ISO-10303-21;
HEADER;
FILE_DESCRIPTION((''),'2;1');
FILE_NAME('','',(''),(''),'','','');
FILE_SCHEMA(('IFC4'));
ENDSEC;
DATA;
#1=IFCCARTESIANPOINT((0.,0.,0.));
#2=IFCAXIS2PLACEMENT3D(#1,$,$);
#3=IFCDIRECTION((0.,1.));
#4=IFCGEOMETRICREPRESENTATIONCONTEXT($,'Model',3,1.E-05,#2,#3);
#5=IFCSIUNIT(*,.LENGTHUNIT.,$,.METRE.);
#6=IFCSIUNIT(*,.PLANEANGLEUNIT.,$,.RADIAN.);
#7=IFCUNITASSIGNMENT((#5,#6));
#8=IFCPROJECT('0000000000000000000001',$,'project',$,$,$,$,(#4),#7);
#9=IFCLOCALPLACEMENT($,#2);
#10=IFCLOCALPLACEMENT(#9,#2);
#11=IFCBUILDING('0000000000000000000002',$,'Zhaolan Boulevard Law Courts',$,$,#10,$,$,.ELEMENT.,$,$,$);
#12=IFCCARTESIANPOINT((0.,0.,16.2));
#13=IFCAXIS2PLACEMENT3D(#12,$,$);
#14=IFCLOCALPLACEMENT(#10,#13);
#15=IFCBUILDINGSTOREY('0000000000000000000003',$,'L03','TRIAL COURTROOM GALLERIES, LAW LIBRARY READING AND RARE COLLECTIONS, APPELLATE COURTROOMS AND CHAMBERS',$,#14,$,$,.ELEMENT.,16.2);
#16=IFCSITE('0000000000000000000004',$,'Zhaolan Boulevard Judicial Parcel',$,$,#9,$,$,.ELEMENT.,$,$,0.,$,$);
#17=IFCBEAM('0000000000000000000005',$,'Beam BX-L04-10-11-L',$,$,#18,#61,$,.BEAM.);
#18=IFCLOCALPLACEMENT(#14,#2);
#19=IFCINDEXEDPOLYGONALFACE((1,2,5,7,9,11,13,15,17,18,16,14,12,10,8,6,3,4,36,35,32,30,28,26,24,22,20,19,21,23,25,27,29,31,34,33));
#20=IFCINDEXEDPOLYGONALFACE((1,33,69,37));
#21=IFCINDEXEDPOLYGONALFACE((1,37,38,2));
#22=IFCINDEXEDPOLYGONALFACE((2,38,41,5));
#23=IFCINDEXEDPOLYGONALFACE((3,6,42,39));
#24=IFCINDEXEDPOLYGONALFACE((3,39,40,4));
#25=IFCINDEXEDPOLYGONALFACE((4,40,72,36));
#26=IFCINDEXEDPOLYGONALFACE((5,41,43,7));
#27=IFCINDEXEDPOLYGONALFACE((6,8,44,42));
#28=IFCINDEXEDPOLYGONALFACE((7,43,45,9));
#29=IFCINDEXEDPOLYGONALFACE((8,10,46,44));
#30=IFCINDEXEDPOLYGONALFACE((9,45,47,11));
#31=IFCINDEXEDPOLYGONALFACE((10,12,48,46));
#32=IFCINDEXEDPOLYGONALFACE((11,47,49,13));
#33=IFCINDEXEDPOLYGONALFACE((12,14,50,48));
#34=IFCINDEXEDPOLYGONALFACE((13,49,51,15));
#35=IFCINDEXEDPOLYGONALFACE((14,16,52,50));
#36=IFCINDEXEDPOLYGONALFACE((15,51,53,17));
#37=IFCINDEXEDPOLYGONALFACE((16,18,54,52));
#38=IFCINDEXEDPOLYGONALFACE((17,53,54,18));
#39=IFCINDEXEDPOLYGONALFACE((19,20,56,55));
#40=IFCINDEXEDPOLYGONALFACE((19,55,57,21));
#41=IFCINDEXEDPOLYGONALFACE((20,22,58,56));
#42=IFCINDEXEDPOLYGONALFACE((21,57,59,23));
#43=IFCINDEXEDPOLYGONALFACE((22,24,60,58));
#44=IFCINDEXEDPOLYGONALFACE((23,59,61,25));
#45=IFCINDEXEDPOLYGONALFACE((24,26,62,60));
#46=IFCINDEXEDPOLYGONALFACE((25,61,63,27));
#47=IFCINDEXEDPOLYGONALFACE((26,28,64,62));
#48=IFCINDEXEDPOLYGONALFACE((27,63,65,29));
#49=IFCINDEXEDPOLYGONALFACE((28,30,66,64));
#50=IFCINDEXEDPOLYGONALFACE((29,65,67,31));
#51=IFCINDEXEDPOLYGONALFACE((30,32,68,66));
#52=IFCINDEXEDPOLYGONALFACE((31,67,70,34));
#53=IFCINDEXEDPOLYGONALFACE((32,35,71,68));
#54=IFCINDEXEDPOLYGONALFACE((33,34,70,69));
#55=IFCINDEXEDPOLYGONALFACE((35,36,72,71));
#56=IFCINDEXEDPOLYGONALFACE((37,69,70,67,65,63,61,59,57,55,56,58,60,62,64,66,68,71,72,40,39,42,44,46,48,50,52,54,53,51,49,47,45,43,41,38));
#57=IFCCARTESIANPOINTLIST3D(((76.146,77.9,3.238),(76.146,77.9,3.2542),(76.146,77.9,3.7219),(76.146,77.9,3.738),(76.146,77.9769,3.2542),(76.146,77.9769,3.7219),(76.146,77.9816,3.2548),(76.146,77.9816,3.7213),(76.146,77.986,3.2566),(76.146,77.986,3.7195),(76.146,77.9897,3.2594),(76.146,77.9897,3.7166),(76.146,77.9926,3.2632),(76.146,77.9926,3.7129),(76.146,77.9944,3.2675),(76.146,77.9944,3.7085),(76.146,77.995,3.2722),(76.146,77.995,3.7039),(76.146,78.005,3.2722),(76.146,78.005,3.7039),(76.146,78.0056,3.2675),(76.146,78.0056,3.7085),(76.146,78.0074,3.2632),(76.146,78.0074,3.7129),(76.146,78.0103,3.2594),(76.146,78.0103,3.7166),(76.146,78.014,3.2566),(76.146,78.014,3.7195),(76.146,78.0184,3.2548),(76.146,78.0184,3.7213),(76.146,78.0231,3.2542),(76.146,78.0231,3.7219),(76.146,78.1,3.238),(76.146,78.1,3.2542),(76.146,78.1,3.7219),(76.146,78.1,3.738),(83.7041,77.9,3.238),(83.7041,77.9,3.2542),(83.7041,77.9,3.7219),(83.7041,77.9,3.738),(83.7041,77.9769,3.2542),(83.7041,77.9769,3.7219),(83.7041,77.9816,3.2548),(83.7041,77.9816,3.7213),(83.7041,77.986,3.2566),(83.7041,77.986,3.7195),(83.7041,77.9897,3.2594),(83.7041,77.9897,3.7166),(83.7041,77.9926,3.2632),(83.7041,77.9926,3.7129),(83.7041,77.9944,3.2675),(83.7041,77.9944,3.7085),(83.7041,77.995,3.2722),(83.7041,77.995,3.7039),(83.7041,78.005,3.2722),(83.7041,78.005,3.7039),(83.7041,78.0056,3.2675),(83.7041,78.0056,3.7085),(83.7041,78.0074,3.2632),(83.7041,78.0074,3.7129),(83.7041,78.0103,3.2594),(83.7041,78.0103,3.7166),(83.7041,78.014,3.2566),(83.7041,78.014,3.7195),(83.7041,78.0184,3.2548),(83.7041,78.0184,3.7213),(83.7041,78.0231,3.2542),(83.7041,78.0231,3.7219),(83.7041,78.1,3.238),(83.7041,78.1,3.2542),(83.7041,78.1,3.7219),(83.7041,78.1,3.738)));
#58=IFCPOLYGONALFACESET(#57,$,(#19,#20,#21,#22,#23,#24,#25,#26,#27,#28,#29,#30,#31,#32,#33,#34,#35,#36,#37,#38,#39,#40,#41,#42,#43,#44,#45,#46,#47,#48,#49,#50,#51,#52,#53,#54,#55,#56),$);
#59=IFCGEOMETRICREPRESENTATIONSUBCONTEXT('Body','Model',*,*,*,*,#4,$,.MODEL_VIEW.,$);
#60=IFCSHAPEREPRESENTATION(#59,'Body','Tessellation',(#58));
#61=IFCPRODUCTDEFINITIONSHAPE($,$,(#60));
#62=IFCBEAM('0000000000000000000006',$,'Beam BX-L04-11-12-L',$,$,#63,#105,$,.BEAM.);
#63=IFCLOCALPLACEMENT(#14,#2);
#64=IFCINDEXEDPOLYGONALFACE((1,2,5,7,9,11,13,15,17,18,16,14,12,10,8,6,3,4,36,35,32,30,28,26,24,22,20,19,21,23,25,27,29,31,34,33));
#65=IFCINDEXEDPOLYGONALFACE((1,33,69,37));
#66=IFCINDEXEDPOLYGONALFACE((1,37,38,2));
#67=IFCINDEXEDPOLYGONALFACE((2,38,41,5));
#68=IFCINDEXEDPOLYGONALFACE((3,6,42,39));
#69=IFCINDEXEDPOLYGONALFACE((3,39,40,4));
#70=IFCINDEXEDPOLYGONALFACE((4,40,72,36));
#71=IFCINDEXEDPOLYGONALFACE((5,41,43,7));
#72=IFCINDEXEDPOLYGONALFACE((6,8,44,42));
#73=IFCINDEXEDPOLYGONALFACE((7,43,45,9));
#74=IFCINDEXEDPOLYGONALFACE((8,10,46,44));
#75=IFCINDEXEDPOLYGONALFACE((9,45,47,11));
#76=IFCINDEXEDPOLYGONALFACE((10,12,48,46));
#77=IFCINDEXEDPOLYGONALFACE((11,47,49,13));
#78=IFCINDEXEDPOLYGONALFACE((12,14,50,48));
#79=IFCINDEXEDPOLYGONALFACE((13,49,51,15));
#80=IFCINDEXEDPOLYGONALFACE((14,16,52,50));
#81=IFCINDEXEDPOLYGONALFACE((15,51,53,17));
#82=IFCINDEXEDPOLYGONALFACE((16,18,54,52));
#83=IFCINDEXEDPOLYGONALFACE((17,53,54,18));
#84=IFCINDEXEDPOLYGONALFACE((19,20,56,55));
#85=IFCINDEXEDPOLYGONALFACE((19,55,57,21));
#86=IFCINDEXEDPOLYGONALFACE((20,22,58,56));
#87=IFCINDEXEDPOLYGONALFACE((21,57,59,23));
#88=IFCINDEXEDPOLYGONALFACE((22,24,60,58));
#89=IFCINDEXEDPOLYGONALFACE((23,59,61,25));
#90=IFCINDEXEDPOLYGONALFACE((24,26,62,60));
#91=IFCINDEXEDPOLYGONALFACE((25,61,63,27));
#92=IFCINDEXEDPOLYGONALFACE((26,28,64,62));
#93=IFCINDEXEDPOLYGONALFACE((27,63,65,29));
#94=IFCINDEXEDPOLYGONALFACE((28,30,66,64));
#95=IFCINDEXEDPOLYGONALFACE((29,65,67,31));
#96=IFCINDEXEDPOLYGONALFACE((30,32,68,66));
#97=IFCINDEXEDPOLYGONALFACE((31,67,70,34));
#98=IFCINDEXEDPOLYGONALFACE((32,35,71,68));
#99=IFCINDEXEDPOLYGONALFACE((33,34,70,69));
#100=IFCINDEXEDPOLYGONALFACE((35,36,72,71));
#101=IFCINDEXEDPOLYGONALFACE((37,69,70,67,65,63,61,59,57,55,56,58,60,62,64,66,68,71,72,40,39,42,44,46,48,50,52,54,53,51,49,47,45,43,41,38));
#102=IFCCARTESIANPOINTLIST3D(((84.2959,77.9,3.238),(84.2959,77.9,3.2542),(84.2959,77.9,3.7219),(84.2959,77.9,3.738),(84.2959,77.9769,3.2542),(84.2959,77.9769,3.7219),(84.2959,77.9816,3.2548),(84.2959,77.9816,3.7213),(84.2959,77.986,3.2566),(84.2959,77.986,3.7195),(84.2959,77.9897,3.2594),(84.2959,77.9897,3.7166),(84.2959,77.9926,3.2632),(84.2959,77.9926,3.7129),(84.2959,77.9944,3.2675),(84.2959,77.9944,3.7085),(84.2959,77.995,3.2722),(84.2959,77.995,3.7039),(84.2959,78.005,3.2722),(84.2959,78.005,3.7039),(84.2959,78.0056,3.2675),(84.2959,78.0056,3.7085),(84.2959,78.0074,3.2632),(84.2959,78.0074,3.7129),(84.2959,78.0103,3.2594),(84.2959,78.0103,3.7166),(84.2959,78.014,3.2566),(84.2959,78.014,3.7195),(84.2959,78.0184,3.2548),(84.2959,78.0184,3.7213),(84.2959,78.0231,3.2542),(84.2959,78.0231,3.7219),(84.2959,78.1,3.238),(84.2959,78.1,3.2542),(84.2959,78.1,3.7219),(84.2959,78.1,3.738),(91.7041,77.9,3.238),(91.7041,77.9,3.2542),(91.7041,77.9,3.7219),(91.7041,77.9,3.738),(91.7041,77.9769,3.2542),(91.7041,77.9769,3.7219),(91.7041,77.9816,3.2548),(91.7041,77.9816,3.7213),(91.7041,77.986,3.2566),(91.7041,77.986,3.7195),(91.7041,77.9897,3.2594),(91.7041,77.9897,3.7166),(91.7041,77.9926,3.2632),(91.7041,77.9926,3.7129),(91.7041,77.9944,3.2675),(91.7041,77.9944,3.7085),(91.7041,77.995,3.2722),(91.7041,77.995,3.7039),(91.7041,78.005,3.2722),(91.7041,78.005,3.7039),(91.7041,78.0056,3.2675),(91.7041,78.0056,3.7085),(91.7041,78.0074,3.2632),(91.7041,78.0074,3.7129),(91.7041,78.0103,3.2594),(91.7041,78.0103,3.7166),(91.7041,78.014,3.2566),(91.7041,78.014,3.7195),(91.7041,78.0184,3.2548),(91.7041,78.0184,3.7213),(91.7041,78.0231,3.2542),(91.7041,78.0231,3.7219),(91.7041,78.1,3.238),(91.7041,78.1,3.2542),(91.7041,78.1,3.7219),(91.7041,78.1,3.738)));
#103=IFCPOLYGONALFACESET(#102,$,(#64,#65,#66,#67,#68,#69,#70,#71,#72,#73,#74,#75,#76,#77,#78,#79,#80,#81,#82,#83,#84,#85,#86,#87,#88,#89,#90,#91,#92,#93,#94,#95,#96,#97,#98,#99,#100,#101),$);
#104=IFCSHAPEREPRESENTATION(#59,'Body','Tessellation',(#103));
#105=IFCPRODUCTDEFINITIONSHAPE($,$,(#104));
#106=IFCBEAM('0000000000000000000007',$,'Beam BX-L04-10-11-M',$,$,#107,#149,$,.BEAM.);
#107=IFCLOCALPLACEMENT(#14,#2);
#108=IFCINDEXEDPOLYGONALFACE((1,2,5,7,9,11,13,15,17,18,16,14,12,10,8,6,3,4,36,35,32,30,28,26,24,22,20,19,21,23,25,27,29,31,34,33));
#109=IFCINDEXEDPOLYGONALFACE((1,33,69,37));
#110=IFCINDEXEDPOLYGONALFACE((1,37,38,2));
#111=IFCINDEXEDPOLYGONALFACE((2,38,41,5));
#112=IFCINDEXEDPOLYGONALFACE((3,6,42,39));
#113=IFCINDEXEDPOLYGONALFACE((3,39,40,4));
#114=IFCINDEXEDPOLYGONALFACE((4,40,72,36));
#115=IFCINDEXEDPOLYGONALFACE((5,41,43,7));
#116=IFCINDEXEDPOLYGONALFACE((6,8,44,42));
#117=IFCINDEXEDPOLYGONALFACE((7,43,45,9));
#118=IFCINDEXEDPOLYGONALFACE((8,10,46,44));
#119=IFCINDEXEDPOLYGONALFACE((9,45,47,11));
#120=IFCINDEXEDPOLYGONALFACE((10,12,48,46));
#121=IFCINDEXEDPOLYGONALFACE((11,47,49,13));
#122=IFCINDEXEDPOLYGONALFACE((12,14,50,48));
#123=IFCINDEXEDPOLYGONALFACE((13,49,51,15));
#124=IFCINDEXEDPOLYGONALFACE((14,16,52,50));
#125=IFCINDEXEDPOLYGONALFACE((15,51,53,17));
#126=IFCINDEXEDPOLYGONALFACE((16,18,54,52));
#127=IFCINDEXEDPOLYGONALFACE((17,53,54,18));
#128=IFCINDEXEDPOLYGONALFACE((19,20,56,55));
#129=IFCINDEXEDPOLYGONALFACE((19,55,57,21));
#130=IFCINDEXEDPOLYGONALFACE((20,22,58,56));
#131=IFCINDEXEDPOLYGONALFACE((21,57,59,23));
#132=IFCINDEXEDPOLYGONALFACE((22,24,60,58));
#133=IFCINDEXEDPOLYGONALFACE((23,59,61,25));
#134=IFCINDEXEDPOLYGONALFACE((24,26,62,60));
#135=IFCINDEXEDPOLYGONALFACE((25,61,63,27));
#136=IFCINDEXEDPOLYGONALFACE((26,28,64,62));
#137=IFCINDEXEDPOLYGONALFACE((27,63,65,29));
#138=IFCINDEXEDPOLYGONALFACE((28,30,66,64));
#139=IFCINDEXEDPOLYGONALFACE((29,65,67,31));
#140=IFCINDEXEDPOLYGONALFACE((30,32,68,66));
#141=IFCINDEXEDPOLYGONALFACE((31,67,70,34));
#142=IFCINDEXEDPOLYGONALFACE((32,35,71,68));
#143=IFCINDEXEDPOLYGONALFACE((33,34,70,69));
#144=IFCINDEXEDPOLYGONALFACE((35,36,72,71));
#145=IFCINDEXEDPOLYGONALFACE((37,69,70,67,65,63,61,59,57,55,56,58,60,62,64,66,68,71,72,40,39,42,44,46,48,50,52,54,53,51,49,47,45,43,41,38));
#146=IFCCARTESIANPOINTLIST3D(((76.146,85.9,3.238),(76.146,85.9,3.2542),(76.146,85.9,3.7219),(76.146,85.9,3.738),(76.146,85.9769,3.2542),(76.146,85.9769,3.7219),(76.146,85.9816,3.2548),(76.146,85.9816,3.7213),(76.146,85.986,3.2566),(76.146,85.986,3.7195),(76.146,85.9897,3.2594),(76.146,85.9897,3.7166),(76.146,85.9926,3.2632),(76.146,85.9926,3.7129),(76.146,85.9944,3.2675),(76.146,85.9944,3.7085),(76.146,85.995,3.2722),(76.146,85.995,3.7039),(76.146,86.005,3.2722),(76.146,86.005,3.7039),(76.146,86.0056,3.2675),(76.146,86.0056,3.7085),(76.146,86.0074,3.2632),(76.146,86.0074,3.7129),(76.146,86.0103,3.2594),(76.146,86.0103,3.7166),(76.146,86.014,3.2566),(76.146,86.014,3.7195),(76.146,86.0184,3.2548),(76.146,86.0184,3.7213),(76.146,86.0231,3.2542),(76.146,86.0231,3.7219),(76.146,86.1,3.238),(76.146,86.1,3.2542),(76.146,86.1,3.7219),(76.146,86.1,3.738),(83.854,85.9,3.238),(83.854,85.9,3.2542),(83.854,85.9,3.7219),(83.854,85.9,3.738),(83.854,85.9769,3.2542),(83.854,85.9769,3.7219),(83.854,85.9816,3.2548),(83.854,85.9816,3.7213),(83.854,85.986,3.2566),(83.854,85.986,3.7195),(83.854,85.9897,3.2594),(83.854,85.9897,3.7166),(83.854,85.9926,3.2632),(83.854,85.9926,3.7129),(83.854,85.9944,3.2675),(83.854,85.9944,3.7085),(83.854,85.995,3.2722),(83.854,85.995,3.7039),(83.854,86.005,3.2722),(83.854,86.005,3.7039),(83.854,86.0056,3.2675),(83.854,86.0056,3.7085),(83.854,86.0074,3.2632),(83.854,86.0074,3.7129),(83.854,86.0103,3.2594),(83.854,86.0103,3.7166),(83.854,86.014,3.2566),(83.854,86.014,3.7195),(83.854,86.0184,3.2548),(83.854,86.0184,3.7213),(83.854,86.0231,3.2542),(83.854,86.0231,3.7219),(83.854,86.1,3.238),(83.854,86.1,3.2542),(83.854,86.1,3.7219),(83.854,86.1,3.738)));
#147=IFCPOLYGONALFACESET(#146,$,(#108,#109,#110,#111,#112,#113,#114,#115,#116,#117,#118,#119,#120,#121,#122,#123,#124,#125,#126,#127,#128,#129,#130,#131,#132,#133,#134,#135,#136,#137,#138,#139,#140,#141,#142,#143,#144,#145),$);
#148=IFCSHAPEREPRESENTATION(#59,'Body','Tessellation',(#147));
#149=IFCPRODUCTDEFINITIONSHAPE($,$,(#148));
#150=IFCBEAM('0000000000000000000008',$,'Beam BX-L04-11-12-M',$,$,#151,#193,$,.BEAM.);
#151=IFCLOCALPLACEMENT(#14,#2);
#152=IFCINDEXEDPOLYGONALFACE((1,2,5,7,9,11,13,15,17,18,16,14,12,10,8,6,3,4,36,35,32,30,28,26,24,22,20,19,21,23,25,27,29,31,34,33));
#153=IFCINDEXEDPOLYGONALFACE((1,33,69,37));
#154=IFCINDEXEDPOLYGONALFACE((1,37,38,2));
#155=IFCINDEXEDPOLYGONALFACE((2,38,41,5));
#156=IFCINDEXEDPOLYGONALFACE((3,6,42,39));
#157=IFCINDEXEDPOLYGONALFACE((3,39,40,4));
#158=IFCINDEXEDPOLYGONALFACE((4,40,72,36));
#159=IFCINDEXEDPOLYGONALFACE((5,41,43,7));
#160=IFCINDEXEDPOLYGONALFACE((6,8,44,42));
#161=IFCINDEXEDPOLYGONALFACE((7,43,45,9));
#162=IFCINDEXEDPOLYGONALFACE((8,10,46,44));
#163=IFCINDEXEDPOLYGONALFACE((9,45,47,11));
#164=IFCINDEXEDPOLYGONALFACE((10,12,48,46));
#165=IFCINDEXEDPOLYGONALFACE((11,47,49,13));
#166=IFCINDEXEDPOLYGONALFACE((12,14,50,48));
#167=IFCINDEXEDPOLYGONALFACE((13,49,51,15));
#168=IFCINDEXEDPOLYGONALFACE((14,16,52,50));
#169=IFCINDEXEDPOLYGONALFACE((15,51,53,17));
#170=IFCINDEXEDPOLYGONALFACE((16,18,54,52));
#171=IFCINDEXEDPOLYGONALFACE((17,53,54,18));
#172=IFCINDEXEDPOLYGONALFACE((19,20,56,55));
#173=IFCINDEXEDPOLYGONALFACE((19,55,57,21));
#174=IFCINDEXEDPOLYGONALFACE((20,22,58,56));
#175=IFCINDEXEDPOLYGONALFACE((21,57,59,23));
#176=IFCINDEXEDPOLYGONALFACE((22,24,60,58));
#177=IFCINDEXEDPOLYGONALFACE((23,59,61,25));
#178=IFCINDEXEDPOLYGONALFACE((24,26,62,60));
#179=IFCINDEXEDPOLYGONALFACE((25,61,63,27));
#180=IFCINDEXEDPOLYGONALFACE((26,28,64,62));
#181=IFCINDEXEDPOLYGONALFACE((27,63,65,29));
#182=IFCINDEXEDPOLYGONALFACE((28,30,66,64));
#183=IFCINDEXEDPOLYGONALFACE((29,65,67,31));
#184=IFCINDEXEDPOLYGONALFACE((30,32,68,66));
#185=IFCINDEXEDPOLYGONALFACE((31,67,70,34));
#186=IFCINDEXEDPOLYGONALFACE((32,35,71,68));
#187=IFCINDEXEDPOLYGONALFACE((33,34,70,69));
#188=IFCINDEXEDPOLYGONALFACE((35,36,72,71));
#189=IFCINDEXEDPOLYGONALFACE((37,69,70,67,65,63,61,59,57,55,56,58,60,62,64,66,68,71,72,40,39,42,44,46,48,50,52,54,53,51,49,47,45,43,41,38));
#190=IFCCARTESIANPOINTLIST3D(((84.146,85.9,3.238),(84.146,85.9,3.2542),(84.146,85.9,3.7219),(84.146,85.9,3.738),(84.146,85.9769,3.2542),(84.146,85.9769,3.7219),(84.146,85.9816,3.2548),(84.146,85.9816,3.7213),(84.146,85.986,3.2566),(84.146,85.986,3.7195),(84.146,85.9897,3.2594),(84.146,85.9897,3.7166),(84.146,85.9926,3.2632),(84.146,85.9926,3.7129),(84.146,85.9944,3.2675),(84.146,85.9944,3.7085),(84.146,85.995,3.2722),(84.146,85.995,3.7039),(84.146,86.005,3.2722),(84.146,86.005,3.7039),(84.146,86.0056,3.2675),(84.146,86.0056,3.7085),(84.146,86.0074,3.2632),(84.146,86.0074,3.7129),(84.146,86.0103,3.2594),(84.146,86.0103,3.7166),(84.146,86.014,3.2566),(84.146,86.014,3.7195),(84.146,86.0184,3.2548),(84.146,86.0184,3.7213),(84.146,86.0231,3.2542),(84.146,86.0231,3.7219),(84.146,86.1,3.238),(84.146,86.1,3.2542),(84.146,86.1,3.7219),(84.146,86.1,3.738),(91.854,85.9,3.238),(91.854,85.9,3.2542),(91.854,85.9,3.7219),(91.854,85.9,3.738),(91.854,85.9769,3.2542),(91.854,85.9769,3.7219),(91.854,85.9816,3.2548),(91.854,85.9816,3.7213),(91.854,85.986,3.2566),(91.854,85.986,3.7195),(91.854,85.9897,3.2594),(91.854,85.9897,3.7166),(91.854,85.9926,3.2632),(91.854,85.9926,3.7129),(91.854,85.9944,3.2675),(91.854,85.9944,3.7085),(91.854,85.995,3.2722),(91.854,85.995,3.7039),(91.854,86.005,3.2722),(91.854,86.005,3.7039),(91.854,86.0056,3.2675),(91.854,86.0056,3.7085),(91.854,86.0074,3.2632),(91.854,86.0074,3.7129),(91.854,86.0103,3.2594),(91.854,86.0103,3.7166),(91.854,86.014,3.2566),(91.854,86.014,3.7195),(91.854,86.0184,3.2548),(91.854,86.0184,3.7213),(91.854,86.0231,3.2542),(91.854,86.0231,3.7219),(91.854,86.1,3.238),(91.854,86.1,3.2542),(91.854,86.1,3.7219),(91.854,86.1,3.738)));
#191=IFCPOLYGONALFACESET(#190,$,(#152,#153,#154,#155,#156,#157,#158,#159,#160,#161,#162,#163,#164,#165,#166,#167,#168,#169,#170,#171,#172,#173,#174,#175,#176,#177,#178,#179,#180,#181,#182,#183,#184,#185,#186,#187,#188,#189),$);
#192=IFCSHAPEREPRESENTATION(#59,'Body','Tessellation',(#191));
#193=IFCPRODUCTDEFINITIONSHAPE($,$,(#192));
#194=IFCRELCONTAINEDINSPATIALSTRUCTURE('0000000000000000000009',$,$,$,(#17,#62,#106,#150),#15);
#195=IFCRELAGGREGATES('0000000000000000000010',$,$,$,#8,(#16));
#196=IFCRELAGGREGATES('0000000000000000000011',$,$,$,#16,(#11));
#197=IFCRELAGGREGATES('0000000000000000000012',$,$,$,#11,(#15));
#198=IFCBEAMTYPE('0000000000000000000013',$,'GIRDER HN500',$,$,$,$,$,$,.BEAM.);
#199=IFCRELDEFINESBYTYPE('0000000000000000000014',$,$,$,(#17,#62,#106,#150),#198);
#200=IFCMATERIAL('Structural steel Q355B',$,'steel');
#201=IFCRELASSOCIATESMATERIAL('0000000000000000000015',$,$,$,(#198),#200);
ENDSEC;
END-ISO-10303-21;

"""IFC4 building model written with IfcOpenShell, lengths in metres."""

from ifc_helpers import new_model, si_unit, direction, frame, origin, origin_2d, place, context, subcontext, project, spatial, i_section, extrude, material, material_profile, profile_set, type_object, element, save


model = new_model("IFC4")

# Units and contexts
model_context = context("Model", 3, precision=1e-05, world=origin(), true_north=direction((0.0, 1.0)))
body_context = subcontext(model_context, "Body", "Model", "MODEL_VIEW")
ifc_project = project(units=[si_unit("LENGTHUNIT", "METRE"), si_unit("PLANEANGLEUNIT", "RADIAN")], contexts=[model_context])

# Site, building, storey
site_placement = place(None, origin())
site = spatial("IfcSite", under=ifc_project, at=site_placement, Name="Zhaolan Boulevard Judicial Parcel", CompositionType="ELEMENT", RefElevation=0.0)
building_placement = place(site_placement, origin())
building = spatial("IfcBuilding", under=site, at=building_placement, Name="Zhaolan Boulevard Law Courts", CompositionType="ELEMENT")
storey_placement = place(building_placement, frame((0.0, 0.0, 16.2)))
storey = spatial("IfcBuildingStorey", under=building, at=storey_placement, Name="L03", Description="TRIAL COURTROOM GALLERIES, LAW LIBRARY READING AND RARE COLLECTIONS, APPELLATE COURTROOMS AND CHAMBERS", CompositionType="ELEMENT", Elevation=16.2)

# Beams
ifc_material_1 = material(Name="Structural steel Q355B", Category="steel")
ifc_material_profile_1 = material_profile(ifc_material_1, i_section(OverallWidth=0.2, OverallDepth=0.5, WebThickness=0.01, FlangeThickness=0.0161, FilletRadius=0.0181, at=origin_2d()), Name="HN500x200")
ifc_profile_set_1 = profile_set([ifc_material_profile_1], Name="Structural steel Q355B")
beam_type_1 = type_object("IfcBeamType", Name="GIRDER HN500", PredefinedType="BEAM", material=ifc_profile_set_1)
beam_1_placement = place(storey_placement, frame((76.146, 78.0, 3.488), z_axis=(1.0, 0.0, 0.0), x_axis=(0.0, 1.0, 0.0)))
element("IfcBeam", 1, at=beam_1_placement, inside=storey, type_object=beam_type_1, Name="Beam BX-L04-10-11-L", PredefinedType="BEAM", context=body_context, shape_type="SweptSolid", body=[
    extrude(i_section(OverallWidth=0.2, OverallDepth=0.5, WebThickness=0.01, FlangeThickness=0.0161, FilletRadius=0.0181, at=origin_2d()), origin(), (0.0, 0.0, 1.0), 7.5581),
])
beam_2_placement = place(storey_placement, frame((84.2959, 78.0, 3.488), z_axis=(1.0, 0.0, 0.0), x_axis=(0.0, 1.0, 0.0)))
element("IfcBeam", 2, at=beam_2_placement, inside=storey, type_object=beam_type_1, Name="Beam BX-L04-11-12-L", PredefinedType="BEAM", context=body_context, shape_type="SweptSolid", body=[
    extrude(i_section(OverallWidth=0.2, OverallDepth=0.5, WebThickness=0.01, FlangeThickness=0.0161, FilletRadius=0.0181, at=origin_2d()), origin(), (0.0, 0.0, 1.0), 7.4082),
])
for number, where, z_axis, x_axis, name in (
    (3, (76.146, 86.0, 3.488), (1.0, 0.0, 0.0), (0.0, 1.0, 0.0), "Beam BX-L04-10-11-M"),
    (4, (84.146, 86.0, 3.488), (1.0, 0.0, 0.0), (0.0, 1.0, 0.0), "Beam BX-L04-11-12-M"),
):
    element("IfcBeam", number, at=place(storey_placement, frame(where, z_axis=z_axis, x_axis=x_axis)), inside=storey, type_object=beam_type_1, Name=name, PredefinedType="BEAM", context=body_context, shape_type="SweptSolid", body=[
        extrude(i_section(OverallWidth=0.2, OverallDepth=0.5, WebThickness=0.01, FlangeThickness=0.0161, FilletRadius=0.0181, at=origin_2d()), origin(), (0.0, 0.0, 1.0), 7.708),
    ])

save(model, "model.ifc")
